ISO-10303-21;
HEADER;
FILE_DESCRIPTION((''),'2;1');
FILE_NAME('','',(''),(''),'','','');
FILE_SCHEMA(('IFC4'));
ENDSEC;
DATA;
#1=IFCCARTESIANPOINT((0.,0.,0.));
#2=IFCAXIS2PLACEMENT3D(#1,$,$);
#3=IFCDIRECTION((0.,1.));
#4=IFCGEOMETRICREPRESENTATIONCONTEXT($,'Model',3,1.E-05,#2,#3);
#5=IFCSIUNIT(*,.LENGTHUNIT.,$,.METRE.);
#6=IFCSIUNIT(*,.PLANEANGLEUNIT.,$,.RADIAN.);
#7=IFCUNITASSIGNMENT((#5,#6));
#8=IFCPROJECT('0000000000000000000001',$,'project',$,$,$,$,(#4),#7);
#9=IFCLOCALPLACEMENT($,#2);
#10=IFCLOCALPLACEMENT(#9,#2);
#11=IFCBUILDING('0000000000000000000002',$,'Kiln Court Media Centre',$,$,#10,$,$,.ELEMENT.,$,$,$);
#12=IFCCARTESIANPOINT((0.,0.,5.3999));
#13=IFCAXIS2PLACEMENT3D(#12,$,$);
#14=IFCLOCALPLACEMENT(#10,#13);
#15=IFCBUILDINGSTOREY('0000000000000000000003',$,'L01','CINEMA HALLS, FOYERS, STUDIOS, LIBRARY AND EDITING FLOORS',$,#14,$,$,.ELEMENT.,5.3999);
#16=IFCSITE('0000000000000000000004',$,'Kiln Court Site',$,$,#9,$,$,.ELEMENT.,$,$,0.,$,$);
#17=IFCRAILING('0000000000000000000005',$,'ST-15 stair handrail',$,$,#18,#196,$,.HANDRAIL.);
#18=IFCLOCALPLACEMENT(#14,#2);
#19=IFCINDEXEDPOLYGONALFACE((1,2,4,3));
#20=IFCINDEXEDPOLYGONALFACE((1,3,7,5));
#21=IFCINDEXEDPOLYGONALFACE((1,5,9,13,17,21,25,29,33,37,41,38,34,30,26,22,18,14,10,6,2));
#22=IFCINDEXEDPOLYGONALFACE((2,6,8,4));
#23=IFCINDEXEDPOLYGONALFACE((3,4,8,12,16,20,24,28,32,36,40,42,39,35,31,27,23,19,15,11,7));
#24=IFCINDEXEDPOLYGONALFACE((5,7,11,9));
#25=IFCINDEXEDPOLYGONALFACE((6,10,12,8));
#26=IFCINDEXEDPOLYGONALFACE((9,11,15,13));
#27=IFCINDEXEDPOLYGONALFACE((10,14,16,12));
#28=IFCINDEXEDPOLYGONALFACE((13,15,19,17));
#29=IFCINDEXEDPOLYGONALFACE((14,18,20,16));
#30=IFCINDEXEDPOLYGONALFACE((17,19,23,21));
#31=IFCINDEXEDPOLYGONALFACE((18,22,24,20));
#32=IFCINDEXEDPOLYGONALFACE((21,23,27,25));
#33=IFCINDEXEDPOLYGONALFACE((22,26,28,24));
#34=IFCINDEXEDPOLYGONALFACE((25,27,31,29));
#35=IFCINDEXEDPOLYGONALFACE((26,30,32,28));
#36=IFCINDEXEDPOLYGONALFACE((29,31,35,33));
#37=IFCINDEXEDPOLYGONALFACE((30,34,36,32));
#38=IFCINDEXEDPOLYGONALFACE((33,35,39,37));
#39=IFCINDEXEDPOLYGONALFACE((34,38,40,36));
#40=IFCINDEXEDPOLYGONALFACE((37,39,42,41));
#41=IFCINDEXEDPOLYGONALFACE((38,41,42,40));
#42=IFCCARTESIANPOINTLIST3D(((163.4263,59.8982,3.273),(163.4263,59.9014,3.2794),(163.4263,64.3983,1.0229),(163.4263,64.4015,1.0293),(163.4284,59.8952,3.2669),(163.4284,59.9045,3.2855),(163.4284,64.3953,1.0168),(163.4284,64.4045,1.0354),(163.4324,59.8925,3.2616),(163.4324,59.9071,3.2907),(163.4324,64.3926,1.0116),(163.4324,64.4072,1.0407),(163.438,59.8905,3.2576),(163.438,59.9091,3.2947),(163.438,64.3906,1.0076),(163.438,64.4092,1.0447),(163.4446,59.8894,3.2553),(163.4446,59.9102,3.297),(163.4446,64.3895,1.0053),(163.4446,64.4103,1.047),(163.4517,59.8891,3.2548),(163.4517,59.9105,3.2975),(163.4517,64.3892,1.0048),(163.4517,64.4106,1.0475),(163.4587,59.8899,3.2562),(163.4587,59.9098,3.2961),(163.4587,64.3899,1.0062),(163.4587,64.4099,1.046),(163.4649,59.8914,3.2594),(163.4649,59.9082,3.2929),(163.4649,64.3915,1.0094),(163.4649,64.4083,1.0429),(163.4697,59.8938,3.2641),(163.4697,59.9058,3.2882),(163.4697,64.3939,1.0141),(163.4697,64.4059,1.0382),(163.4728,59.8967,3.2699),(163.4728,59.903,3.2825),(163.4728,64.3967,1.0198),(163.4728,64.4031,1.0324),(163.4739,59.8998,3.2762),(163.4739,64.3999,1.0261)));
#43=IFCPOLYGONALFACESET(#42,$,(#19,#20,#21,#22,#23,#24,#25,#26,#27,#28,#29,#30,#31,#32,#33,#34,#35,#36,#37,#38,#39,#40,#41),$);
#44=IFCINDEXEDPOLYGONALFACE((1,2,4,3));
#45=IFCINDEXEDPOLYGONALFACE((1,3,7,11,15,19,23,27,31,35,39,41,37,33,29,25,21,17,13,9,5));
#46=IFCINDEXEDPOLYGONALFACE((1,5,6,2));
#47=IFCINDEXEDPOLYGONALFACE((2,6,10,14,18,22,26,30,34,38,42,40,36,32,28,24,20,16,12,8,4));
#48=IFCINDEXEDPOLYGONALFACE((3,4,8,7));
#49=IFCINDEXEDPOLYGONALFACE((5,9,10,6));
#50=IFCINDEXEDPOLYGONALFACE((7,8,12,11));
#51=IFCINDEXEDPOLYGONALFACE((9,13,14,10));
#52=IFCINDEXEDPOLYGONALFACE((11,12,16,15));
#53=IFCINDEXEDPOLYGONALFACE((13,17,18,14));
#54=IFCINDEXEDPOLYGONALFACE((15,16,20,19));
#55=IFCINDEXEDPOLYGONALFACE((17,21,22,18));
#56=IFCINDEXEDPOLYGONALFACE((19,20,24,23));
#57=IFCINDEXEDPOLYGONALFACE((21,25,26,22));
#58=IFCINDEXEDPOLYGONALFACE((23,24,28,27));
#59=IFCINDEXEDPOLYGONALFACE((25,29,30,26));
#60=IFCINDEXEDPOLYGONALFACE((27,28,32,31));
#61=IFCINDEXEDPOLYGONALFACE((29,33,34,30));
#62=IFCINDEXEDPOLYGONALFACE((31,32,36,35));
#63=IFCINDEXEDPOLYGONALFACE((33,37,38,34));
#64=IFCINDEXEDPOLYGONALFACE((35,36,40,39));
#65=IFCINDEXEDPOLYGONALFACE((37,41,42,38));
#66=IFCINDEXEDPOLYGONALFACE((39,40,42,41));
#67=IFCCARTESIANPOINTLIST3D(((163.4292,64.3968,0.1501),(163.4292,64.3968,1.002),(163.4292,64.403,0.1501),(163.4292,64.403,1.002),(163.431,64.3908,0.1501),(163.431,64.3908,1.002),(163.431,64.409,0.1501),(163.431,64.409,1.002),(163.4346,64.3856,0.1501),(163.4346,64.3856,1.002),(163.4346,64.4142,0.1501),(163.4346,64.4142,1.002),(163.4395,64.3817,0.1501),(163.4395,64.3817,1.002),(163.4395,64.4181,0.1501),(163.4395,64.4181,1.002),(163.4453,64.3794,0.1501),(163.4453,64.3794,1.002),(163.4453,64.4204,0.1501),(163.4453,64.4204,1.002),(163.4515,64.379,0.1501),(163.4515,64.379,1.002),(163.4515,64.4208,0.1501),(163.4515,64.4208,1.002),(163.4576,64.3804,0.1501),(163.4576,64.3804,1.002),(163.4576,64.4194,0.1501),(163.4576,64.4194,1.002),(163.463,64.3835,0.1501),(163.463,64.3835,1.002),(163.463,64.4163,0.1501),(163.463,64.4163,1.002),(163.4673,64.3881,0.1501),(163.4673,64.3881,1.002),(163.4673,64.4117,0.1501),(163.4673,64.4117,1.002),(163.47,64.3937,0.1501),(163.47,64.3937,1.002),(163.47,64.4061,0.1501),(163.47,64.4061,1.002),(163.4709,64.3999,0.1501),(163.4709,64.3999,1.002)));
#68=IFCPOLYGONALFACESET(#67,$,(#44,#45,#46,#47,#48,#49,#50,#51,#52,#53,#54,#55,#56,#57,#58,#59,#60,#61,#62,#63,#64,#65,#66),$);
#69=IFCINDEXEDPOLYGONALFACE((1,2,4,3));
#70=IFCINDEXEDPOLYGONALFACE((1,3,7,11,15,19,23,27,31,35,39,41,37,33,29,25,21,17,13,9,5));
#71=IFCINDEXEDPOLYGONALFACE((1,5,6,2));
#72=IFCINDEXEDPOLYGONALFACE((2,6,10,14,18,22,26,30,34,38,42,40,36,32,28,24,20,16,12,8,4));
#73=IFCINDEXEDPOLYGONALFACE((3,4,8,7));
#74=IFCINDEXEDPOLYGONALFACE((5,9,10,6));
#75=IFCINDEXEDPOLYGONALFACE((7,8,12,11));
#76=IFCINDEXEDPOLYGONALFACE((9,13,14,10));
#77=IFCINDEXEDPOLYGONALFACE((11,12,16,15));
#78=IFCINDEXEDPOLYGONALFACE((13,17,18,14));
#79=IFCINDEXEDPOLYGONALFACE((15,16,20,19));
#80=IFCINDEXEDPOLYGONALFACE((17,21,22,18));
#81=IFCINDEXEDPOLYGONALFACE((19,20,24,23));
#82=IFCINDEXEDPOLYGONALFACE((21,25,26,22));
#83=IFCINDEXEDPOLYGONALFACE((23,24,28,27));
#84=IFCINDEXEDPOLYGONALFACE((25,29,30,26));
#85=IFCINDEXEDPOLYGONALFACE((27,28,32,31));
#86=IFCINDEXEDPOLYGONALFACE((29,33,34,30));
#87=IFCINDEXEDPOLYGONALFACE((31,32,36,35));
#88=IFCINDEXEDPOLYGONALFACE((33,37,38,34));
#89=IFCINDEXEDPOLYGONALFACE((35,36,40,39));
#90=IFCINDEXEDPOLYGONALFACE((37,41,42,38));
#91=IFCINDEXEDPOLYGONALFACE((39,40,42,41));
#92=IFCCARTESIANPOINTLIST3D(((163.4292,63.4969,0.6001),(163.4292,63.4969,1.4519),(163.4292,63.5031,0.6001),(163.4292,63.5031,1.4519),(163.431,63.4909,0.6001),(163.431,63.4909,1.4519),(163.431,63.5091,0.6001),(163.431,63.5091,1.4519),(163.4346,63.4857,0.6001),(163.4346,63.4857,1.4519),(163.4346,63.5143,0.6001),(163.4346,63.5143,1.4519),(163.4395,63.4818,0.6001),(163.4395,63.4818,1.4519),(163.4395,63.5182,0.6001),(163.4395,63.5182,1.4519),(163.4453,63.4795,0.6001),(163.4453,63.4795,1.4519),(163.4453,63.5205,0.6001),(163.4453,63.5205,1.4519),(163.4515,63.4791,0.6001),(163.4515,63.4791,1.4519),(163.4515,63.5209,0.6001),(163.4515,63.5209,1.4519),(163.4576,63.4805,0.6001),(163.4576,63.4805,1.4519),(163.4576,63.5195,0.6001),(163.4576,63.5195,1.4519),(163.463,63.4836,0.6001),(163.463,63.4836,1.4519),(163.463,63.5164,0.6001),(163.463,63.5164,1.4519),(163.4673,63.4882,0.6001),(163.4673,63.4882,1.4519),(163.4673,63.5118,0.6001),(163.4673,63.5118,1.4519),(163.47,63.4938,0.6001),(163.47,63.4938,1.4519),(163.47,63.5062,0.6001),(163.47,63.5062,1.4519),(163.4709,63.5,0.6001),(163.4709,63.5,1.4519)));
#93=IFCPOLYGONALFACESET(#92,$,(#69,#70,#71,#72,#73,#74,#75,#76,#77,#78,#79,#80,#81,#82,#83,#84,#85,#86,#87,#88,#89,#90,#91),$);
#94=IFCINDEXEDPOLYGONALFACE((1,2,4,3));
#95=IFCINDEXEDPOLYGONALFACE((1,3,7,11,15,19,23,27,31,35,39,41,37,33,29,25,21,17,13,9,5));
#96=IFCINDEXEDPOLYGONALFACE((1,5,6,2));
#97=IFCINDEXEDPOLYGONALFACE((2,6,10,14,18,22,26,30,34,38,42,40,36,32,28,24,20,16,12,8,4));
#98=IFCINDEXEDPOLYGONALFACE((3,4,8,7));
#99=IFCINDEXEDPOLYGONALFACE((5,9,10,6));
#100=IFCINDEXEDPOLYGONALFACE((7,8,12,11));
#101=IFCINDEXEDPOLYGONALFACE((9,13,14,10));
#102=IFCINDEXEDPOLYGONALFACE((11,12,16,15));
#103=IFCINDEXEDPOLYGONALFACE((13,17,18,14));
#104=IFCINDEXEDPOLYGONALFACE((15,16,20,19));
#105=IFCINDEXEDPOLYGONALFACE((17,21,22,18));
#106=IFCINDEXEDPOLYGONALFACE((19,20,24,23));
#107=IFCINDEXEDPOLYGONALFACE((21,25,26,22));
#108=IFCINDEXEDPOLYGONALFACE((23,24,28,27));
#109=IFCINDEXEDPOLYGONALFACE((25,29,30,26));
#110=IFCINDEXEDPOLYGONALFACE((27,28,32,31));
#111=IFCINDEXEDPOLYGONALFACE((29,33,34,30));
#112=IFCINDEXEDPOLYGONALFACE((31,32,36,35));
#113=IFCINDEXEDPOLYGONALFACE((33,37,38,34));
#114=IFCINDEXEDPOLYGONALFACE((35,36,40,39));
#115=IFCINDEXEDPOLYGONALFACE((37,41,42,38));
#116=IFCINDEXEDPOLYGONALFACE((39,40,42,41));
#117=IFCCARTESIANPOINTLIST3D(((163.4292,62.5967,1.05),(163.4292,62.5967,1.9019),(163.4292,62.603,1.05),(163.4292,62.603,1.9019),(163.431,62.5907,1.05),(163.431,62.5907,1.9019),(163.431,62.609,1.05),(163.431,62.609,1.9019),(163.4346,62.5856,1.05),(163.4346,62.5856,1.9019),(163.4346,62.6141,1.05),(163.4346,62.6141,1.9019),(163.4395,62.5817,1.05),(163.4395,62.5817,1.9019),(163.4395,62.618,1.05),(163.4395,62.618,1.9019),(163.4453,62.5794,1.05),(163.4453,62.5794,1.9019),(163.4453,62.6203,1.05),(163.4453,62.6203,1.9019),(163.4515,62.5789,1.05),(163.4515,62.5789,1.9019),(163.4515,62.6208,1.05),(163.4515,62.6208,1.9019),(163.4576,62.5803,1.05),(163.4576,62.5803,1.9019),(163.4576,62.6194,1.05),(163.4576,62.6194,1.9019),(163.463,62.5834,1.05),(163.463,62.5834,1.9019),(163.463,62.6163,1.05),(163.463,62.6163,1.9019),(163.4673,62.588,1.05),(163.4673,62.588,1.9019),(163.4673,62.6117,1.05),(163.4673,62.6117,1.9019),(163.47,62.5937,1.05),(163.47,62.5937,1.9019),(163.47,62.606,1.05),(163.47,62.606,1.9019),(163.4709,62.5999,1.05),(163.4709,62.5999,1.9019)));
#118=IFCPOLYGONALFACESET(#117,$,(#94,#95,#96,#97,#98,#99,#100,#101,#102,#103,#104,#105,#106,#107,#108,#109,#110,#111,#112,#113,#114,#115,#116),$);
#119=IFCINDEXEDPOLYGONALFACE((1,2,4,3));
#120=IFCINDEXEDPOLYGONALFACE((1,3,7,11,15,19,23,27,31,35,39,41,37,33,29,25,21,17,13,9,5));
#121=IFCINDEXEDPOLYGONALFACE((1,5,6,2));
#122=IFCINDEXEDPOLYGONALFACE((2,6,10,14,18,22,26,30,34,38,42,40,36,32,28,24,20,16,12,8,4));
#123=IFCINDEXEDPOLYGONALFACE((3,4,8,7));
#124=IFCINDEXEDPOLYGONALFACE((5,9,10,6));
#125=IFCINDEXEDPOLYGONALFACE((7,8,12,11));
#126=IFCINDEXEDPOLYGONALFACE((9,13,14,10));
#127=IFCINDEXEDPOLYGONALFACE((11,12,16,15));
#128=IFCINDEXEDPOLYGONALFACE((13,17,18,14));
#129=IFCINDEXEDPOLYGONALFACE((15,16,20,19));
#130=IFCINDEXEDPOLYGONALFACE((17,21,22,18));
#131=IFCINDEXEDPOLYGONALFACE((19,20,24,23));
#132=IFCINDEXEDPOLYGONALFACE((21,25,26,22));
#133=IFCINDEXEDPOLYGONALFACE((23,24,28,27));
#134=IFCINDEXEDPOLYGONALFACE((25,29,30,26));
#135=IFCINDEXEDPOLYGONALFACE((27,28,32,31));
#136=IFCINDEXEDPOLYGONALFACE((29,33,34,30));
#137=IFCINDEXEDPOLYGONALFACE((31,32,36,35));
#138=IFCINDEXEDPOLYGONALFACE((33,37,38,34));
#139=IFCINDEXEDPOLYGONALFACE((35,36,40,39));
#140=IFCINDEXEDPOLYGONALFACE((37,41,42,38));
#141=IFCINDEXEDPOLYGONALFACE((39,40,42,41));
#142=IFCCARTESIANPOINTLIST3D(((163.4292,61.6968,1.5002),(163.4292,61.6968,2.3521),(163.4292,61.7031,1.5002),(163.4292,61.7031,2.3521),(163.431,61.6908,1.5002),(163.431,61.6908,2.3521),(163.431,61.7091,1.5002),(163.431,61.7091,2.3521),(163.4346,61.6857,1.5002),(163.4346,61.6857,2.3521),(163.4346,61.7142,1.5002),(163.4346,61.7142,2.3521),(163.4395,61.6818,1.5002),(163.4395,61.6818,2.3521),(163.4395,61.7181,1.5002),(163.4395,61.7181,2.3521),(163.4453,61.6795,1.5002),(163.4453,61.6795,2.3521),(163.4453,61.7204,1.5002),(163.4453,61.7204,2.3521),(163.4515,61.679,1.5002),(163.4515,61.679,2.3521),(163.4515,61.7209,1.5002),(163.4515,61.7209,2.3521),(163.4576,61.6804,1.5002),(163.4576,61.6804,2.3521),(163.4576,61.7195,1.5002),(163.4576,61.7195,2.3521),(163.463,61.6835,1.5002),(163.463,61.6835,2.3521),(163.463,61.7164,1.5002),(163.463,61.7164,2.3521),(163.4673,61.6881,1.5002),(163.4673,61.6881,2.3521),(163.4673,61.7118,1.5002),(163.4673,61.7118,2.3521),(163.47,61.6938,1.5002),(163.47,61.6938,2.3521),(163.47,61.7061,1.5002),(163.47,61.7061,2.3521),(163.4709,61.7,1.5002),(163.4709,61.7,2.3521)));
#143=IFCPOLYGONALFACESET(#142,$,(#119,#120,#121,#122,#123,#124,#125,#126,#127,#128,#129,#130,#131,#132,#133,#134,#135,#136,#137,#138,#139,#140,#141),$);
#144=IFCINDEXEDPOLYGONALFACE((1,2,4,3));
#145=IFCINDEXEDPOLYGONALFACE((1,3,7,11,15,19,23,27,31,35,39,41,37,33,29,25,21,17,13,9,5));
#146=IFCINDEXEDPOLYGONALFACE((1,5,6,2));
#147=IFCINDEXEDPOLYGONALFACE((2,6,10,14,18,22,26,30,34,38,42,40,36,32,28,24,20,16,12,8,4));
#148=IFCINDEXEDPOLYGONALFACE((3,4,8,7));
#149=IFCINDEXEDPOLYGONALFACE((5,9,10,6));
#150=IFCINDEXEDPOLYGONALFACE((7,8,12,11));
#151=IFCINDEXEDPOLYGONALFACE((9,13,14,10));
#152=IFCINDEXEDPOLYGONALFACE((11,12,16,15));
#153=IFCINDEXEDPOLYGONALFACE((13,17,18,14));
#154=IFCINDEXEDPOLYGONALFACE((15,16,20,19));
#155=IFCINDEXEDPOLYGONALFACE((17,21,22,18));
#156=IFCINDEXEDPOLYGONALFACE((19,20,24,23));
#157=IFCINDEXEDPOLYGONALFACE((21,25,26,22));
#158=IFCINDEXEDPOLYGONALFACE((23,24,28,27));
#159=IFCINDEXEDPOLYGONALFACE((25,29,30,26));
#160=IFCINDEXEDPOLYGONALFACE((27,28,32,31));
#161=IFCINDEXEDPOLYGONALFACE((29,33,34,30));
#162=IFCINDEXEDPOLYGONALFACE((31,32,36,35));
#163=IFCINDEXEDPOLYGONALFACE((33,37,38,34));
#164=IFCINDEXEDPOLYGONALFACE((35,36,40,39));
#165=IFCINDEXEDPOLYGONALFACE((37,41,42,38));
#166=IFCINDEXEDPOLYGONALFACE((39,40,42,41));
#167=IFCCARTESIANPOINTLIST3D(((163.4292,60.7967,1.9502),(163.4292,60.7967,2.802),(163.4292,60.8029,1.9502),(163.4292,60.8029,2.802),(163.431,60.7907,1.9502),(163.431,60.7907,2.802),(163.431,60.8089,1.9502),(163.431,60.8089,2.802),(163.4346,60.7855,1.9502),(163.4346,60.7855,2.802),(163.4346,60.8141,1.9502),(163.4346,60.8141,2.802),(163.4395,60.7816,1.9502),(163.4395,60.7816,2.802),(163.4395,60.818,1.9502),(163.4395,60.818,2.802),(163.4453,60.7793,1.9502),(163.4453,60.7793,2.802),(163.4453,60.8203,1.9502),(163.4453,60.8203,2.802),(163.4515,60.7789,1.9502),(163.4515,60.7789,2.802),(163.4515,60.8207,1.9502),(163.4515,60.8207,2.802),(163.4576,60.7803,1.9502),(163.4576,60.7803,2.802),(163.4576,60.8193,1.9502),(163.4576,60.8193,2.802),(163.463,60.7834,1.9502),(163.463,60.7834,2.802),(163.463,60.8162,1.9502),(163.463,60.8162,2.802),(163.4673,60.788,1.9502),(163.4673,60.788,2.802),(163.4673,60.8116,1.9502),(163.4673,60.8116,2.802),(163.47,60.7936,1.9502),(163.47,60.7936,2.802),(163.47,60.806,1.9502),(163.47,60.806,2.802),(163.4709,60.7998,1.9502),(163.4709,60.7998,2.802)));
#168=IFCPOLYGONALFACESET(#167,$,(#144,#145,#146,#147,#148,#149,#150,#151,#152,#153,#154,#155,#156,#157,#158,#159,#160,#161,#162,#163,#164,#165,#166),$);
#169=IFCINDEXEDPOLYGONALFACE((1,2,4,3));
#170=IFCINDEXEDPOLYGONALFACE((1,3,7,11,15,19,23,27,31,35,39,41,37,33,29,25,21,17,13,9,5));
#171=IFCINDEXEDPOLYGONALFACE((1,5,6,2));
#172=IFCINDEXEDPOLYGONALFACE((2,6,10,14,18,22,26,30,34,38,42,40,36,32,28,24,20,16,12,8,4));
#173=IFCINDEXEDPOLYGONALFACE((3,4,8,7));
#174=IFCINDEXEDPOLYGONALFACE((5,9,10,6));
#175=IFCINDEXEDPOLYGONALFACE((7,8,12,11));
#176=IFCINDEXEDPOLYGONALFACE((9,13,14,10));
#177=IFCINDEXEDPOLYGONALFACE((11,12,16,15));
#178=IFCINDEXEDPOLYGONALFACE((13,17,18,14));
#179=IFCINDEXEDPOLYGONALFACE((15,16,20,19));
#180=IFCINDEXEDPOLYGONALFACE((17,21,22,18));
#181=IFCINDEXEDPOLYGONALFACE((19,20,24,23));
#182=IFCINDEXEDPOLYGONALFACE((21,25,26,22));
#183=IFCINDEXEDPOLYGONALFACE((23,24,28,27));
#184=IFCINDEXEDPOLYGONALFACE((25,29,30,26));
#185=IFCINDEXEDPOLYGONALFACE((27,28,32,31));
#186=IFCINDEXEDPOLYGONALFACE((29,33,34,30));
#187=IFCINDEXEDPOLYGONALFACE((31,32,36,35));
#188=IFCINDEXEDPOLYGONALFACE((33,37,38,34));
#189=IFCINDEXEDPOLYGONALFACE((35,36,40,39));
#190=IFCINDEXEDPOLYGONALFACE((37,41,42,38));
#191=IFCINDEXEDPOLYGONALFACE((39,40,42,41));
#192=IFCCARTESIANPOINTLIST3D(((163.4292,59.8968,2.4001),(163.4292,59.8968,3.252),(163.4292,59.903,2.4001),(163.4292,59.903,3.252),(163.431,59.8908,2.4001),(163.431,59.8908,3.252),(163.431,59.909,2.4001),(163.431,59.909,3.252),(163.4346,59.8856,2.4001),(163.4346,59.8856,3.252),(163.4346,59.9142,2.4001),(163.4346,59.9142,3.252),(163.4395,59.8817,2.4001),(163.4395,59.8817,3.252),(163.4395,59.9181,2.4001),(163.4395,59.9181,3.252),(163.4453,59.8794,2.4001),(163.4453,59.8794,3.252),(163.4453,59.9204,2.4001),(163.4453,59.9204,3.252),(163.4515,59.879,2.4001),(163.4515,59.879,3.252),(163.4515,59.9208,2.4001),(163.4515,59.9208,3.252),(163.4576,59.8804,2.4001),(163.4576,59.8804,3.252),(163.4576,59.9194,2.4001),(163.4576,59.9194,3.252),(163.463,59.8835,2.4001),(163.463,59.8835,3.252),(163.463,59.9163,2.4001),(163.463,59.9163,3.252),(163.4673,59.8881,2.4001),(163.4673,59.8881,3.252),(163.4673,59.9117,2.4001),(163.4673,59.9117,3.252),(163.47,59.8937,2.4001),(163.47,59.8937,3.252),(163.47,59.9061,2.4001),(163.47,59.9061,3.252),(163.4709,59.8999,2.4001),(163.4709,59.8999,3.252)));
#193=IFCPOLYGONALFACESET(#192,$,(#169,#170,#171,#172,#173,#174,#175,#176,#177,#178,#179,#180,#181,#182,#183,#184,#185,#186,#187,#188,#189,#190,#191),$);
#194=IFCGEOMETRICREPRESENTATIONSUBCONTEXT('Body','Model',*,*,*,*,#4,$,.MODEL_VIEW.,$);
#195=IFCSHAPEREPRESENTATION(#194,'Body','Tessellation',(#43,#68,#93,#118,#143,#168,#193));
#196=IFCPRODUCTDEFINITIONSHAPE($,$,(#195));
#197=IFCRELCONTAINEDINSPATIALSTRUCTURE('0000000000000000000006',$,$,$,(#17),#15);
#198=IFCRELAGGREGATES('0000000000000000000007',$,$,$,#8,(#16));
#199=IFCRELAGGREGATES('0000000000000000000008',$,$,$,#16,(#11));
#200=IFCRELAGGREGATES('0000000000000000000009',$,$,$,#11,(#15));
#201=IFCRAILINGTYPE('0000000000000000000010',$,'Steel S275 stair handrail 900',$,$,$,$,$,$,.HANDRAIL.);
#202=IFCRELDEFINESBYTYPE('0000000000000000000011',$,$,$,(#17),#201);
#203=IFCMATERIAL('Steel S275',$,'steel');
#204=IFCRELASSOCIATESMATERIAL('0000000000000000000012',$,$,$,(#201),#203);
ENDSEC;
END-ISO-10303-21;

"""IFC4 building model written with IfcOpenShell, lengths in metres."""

from ifc_helpers import new_model, si_unit, direction, frame, origin, origin_2d, place, context, subcontext, project, spatial, circle, extrude, material, type_object, element, save


model = new_model("IFC4")

# Units and contexts
model_context = context("Model", 3, precision=1e-05, world=origin(), true_north=direction((0.0, 1.0)))
body_context = subcontext(model_context, "Body", "Model", "MODEL_VIEW")
ifc_project = project(units=[si_unit("LENGTHUNIT", "METRE"), si_unit("PLANEANGLEUNIT", "RADIAN")], contexts=[model_context])

# Site, building, storey
site_placement = place(None, origin())
site = spatial("IfcSite", under=ifc_project, at=site_placement, Name="Kiln Court Site", CompositionType="ELEMENT", RefElevation=0.0)
building_placement = place(site_placement, origin())
building = spatial("IfcBuilding", under=site, at=building_placement, Name="Kiln Court Media Centre", CompositionType="ELEMENT")
storey_placement = place(building_placement, frame((0.0, 0.0, 5.3999)))
storey = spatial("IfcBuildingStorey", under=building, at=storey_placement, Name="L01", Description="CINEMA HALLS, FOYERS, STUDIOS, LIBRARY AND EDITING FLOORS", CompositionType="ELEMENT", Elevation=5.3999)

# Railing
ifc_material_1 = material(Name="Steel S275", Category="steel")
railing_type_1 = type_object("IfcRailingType", Name="Steel S275 stair handrail 900", PredefinedType="HANDRAIL", material=ifc_material_1)
railing_1_placement = place(storey_placement, frame((163.45, 64.3999, 0.1501)))
element("IfcRailing", 1, at=railing_1_placement, inside=storey, type_object=railing_type_1, Name="ST-15 stair handrail", PredefinedType="HANDRAIL", context=body_context, shape_type="SweptSolid", body=[
    extrude(circle(Radius=0.0239, at=origin_2d()), frame((0.0, 0.0, 0.876), z_axis=(0.0, -0.894427, 0.447214), x_axis=(1.0, 0.0, 0.0)), (0.0, 0.0, 1.0), 5.0312),
    extrude(circle(Radius=0.021, at=origin_2d()), origin(), (0.0, 0.0, 1.0), 0.8518),
    extrude(circle(Radius=0.021, at=origin_2d()), frame((0.0, -0.8999, 0.45)), (0.0, 0.0, 1.0), 0.8518),
    extrude(circle(Radius=0.021, at=origin_2d()), frame((0.0, -1.8, 0.8999)), (0.0, 0.0, 1.0), 0.8518),
    extrude(circle(Radius=0.021, at=origin_2d()), frame((0.0, -2.7, 1.3501)), (0.0, 0.0, 1.0), 0.8518),
    extrude(circle(Radius=0.021, at=origin_2d()), frame((0.0, -3.6001, 1.8)), (0.0, 0.0, 1.0), 0.8518),
    extrude(circle(Radius=0.021, at=origin_2d()), frame((0.0, -4.5, 2.25)), (0.0, 0.0, 1.0), 0.8518),
])

save(model, "model.ifc")
